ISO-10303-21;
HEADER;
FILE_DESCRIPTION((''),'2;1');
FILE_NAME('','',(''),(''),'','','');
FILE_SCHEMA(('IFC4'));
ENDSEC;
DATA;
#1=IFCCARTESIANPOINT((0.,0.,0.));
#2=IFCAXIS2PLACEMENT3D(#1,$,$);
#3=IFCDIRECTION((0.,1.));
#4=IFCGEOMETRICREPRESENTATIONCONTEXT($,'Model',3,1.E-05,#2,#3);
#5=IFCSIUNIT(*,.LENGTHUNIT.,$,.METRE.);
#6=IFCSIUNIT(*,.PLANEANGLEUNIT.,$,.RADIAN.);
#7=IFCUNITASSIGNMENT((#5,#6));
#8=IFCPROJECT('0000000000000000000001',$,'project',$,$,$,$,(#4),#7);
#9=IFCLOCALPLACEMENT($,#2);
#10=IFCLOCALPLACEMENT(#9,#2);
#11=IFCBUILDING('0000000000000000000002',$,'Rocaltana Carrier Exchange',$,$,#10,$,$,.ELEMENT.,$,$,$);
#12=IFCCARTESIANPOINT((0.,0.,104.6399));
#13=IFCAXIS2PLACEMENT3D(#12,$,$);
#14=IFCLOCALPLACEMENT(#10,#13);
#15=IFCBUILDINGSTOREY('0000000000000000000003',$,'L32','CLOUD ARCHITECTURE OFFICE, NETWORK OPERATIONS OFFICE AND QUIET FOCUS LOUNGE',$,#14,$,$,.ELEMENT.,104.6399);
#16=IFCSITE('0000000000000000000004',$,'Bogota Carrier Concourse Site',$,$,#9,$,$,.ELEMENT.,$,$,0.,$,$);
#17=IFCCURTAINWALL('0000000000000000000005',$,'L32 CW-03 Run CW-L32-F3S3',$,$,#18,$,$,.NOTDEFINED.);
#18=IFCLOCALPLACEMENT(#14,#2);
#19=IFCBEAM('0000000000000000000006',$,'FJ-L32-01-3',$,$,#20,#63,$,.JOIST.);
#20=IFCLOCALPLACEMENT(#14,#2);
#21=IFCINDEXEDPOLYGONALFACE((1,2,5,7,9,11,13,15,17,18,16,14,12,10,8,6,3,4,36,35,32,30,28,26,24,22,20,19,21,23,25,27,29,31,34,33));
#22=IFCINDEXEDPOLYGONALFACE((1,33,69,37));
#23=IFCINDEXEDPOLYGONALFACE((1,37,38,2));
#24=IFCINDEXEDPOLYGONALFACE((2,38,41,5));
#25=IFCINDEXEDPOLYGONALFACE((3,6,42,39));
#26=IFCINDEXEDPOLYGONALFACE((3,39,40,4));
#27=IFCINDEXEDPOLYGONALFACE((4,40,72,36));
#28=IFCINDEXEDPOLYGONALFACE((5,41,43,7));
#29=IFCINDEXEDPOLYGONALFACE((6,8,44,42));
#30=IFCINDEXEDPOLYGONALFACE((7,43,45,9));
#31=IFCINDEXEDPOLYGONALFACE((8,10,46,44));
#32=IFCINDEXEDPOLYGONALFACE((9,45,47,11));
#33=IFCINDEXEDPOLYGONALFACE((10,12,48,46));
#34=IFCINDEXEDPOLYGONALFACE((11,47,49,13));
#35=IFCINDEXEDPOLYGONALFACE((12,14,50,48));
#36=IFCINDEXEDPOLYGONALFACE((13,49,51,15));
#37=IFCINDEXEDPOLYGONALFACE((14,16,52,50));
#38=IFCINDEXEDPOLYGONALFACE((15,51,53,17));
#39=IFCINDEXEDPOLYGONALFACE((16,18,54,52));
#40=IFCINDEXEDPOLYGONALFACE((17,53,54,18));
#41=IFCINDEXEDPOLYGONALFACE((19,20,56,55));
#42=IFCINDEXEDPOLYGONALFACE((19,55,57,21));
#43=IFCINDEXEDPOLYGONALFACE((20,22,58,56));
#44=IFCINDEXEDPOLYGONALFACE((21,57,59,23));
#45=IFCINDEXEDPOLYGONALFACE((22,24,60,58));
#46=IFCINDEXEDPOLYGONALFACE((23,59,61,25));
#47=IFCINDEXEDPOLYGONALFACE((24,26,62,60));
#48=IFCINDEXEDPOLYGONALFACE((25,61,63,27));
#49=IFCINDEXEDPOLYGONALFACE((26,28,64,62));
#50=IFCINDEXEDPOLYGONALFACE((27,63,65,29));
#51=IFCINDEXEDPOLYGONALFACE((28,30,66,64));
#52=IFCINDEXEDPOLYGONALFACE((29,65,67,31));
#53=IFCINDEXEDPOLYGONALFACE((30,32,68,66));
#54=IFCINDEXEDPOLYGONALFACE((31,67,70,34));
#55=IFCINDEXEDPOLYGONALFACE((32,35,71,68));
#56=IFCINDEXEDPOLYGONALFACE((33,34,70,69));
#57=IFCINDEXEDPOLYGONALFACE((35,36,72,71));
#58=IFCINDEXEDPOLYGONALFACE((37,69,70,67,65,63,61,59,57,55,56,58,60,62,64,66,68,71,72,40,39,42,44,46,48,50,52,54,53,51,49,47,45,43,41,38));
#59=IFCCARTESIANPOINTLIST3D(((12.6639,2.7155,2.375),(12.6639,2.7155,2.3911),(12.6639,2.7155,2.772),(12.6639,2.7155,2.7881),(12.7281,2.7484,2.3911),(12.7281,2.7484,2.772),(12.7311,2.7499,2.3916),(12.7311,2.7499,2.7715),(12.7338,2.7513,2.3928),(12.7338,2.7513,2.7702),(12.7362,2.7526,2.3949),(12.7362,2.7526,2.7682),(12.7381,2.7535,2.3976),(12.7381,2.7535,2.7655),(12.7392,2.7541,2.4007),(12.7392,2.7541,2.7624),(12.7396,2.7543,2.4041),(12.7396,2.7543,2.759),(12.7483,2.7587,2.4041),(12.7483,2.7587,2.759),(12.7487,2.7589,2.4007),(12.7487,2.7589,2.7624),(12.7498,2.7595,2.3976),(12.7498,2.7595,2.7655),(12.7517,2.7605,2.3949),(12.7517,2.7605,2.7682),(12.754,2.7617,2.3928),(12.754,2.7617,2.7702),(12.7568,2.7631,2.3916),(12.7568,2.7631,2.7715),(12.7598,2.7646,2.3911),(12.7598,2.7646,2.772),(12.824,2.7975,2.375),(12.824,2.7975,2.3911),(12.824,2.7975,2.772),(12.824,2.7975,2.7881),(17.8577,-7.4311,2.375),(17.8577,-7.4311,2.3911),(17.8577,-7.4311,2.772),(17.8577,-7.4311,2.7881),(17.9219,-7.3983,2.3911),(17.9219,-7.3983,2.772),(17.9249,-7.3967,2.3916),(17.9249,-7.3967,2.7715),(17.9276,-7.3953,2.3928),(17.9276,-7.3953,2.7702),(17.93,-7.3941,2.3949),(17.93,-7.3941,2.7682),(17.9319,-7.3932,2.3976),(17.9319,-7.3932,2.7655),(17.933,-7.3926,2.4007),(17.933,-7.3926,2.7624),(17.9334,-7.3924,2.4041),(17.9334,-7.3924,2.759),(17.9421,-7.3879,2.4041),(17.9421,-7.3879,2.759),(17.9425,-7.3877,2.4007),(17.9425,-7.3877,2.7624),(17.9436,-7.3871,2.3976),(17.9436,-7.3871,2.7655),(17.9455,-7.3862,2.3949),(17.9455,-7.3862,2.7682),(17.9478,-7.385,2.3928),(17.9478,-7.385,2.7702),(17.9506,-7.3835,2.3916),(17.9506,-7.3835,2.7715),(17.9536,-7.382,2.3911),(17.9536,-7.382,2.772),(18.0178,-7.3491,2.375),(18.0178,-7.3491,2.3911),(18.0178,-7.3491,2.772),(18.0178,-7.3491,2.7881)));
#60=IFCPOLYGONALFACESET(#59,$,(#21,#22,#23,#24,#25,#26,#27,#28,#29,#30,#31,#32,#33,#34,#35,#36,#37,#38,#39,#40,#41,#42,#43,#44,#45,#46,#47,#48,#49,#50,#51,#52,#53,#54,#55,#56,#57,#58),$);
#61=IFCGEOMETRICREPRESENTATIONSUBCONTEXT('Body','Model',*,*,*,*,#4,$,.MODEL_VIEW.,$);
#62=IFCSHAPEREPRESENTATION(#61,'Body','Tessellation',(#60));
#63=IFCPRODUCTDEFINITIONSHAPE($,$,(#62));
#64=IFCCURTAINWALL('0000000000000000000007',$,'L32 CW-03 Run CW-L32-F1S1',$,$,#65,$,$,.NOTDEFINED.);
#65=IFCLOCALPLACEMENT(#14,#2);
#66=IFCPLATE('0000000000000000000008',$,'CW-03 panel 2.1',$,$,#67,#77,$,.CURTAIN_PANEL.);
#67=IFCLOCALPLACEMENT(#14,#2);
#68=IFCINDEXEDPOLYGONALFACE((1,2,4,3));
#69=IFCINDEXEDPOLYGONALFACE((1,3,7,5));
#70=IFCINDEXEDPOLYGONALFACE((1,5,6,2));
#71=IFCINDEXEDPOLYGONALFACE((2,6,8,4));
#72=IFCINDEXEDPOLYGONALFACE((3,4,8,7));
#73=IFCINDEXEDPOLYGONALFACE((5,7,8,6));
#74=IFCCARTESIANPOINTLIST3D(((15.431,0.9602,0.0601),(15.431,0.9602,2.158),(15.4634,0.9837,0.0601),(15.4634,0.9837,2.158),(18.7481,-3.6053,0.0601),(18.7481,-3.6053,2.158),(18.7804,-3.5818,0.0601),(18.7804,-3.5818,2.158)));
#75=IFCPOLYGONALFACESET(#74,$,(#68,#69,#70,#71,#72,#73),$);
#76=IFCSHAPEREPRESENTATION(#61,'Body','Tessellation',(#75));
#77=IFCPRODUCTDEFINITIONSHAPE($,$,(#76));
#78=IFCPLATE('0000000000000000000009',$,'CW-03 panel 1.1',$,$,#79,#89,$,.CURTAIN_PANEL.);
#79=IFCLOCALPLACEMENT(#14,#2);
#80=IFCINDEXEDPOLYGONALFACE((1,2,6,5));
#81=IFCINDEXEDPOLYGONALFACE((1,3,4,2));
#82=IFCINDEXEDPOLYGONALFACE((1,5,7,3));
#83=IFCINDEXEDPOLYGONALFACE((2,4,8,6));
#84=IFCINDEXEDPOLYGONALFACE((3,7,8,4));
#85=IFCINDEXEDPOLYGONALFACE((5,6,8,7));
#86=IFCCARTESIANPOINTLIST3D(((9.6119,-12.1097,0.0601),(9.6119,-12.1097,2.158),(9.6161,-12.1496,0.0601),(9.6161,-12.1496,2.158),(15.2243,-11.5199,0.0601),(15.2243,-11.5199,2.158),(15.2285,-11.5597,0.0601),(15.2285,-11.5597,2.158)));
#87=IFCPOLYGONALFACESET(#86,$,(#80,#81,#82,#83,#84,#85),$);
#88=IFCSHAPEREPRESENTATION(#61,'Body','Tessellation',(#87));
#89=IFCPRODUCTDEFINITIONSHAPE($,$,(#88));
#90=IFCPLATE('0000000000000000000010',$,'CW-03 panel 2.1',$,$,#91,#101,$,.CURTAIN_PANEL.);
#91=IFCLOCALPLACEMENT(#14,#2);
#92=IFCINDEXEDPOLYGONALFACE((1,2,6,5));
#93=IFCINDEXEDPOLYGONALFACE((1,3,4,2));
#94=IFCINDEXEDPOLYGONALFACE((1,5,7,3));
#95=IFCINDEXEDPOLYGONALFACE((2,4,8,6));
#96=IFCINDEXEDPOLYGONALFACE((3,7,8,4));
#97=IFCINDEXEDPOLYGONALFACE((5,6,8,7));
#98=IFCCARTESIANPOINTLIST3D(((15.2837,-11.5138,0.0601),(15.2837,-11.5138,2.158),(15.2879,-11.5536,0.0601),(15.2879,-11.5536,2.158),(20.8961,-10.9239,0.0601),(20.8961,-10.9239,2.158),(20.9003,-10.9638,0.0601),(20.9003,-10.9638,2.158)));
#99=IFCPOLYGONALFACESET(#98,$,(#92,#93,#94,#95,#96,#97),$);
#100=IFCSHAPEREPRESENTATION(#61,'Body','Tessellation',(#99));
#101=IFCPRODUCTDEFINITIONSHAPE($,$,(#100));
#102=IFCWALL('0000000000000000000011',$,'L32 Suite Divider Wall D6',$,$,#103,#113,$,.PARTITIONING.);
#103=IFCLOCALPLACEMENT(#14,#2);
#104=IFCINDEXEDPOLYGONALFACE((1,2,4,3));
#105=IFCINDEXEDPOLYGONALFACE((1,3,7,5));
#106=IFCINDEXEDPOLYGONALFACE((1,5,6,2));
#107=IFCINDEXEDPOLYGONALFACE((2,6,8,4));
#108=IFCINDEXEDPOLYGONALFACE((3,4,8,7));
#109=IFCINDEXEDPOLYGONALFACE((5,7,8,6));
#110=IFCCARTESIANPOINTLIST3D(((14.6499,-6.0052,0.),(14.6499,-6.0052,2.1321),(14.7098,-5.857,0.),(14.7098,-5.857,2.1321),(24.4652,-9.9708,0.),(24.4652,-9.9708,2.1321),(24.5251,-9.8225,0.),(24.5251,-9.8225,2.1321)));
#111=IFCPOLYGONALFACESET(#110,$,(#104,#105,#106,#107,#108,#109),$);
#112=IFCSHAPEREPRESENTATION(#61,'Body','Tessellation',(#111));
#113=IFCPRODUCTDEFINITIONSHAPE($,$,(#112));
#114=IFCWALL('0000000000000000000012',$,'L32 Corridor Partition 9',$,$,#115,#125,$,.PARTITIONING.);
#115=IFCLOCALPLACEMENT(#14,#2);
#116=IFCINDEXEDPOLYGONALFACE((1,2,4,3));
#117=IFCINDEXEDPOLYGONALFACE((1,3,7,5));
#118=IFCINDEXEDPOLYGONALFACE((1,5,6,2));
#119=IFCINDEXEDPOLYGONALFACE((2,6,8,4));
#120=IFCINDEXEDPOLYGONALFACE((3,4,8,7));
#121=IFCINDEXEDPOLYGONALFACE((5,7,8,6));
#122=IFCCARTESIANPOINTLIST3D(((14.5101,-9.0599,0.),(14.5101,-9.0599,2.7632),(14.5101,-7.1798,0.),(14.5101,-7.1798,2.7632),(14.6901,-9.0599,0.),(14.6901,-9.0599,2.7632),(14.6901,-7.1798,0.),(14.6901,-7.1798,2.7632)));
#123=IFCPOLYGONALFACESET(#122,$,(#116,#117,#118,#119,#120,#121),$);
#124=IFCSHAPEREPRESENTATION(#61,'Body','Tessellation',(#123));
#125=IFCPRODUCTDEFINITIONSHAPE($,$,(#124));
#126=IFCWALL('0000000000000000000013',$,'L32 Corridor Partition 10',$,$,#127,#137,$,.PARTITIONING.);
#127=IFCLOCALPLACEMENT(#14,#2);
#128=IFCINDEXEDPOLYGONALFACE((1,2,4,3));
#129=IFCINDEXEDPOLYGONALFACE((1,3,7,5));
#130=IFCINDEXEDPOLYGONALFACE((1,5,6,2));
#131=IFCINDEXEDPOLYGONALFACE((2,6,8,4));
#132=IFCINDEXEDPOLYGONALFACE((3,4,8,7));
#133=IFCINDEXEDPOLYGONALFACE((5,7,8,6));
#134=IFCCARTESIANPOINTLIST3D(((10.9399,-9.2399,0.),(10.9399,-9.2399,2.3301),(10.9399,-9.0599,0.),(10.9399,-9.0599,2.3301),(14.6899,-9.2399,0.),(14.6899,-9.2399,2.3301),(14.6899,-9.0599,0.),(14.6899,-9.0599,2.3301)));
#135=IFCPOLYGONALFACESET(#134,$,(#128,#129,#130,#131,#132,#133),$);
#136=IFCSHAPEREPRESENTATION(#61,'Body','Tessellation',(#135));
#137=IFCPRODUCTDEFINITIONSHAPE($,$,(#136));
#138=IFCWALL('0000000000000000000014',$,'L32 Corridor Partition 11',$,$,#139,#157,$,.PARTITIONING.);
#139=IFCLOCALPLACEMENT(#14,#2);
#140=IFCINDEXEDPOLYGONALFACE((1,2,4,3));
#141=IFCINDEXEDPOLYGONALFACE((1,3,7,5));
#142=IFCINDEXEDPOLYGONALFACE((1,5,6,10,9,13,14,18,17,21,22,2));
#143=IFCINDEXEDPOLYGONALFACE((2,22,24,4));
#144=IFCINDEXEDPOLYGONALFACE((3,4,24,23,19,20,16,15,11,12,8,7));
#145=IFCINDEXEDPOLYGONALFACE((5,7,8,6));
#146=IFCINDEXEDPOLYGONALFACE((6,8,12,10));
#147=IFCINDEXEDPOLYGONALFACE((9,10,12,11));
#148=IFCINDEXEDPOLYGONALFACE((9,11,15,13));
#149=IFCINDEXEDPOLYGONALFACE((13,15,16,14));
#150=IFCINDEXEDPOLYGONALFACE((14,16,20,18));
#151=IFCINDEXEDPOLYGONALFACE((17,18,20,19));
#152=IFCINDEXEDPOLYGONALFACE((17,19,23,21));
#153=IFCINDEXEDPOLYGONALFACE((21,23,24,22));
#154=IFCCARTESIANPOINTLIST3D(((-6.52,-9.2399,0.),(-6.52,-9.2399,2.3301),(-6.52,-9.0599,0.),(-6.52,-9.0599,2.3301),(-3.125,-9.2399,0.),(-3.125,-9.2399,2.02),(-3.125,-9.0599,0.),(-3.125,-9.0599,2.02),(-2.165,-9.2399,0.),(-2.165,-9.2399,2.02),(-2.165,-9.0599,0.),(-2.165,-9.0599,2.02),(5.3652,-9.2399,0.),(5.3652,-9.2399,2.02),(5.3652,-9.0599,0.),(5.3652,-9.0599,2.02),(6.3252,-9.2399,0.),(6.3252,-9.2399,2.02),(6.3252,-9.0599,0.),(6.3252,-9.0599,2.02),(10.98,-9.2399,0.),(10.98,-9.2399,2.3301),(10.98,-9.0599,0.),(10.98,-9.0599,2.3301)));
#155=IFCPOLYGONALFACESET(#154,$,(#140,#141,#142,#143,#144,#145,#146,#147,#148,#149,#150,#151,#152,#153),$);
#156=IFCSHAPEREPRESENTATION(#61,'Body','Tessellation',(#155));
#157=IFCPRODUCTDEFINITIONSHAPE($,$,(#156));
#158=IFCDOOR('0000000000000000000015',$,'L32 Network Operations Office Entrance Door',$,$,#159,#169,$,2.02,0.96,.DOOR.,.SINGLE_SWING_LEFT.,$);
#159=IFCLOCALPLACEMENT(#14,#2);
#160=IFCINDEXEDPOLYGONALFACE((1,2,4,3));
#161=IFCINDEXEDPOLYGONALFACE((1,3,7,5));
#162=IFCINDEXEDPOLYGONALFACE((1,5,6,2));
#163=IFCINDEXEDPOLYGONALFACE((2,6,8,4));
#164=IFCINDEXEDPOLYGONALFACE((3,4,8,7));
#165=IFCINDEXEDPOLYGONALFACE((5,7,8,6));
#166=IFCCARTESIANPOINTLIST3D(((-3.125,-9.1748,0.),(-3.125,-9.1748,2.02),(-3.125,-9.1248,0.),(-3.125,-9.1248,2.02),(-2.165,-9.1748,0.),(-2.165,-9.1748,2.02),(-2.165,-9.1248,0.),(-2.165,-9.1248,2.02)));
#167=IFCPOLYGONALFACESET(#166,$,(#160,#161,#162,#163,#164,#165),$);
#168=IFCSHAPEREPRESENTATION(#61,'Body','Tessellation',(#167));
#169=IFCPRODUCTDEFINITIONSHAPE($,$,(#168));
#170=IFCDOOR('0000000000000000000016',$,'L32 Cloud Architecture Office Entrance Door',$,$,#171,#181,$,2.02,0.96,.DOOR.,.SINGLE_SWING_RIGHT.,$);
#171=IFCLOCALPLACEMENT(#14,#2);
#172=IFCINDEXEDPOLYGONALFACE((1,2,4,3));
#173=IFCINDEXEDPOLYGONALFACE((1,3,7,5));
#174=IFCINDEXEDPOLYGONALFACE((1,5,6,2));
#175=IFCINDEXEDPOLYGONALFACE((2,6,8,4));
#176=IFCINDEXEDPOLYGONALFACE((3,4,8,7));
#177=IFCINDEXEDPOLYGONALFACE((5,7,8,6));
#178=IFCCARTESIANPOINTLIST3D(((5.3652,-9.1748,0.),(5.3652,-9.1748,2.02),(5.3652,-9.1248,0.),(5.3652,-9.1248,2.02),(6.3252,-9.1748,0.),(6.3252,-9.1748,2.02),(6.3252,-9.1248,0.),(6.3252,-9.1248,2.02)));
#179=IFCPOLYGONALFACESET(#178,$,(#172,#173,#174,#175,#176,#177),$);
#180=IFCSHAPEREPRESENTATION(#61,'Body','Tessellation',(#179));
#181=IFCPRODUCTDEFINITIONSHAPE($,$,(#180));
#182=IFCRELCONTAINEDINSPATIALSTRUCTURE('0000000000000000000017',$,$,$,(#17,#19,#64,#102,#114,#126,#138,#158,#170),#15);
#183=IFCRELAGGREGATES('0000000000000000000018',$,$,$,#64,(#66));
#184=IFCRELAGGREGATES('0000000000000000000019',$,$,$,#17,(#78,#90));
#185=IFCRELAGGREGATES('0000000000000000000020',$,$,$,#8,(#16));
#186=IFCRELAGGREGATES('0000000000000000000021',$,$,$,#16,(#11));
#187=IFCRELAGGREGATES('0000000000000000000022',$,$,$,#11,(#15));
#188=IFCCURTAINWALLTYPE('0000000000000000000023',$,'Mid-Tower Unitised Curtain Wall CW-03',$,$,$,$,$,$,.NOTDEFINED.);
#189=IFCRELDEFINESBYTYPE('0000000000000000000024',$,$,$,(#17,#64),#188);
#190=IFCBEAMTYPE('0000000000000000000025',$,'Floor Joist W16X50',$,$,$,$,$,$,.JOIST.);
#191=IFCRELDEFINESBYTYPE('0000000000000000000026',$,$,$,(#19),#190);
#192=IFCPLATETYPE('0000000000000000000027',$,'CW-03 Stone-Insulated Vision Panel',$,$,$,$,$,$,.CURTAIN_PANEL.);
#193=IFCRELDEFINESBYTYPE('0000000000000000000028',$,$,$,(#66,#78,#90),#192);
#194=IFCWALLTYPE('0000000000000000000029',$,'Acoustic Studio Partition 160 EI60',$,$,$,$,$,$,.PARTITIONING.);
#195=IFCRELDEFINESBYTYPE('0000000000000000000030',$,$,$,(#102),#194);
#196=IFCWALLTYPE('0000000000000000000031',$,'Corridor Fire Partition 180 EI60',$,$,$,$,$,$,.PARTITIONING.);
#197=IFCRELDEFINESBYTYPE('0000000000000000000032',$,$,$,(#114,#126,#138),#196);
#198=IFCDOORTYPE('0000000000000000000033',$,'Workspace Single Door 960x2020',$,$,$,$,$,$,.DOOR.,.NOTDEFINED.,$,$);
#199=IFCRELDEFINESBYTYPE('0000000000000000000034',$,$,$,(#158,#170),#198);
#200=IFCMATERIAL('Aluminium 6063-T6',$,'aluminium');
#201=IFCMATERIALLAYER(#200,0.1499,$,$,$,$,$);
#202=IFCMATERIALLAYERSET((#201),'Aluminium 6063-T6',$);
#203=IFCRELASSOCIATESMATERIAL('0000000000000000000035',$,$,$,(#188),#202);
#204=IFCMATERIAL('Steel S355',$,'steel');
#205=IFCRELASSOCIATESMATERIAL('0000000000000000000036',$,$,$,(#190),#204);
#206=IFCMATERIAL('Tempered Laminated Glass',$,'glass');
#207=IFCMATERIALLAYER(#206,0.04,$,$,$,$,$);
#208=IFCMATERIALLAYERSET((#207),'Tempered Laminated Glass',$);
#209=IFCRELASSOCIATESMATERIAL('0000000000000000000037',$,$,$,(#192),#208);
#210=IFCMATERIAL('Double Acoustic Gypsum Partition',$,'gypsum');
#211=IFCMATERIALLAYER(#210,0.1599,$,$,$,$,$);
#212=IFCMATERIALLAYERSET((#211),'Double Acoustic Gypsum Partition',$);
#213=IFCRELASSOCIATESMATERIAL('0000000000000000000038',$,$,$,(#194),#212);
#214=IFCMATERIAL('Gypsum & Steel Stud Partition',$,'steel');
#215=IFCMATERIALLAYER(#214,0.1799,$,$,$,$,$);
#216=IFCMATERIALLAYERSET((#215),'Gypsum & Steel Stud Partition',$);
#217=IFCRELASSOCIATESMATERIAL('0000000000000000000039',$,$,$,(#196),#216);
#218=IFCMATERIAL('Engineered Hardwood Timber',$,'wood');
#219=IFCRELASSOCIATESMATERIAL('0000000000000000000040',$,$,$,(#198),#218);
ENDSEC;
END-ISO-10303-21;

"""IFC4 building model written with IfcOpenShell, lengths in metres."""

from ifc_helpers import new_model, si_unit, direction, frame, frame_2d, origin, origin_2d, place, context, subcontext, project, spatial, rectangle, i_section, extrude, material, layer, layer_set, material_profile, profile_set, type_object, element, fill, aggregate, save


model = new_model("IFC4")

# Units and contexts
model_context = context("Model", 3, precision=1e-05, world=origin(), true_north=direction((0.0, 1.0)))
body_context = subcontext(model_context, "Body", "Model", "MODEL_VIEW")
ifc_project = project(units=[si_unit("LENGTHUNIT", "METRE"), si_unit("PLANEANGLEUNIT", "RADIAN")], contexts=[model_context])

# Site, building, storey
site_placement = place(None, origin())
site = spatial("IfcSite", under=ifc_project, at=site_placement, Name="Bogota Carrier Concourse Site", CompositionType="ELEMENT", RefElevation=0.0)
building_placement = place(site_placement, origin())
building = spatial("IfcBuilding", under=site, at=building_placement, Name="Rocaltana Carrier Exchange", CompositionType="ELEMENT")
storey_placement = place(building_placement, frame((0.0, 0.0, 104.6399)))
storey = spatial("IfcBuildingStorey", under=building, at=storey_placement, Name="L32", Description="CLOUD ARCHITECTURE OFFICE, NETWORK OPERATIONS OFFICE AND QUIET FOCUS LOUNGE", CompositionType="ELEMENT", Elevation=104.6399)

# Curtain wall
ifc_material_1 = material(Name="Aluminium 6063-T6", Category="aluminium")
ifc_layer_1 = layer(ifc_material_1, 0.1499)
ifc_layer_set_1 = layer_set([ifc_layer_1], Name="Aluminium 6063-T6")
curtain_wall_type = type_object("IfcCurtainWallType", Name="Mid-Tower Unitised Curtain Wall CW-03", PredefinedType="NOTDEFINED", material=ifc_layer_set_1)
curtain_wall_1_placement = place(storey_placement, origin())
curtain_wall_1 = element("IfcCurtainWall", 1, at=curtain_wall_1_placement, inside=storey, type_object=curtain_wall_type, Name="L32 CW-03 Run CW-L32-F3S3", PredefinedType="NOTDEFINED")

# Beam
ifc_material_2 = material(Name="Steel S355", Category="steel")
ifc_material_profile_1 = material_profile(ifc_material_2, i_section(OverallWidth=0.1799, OverallDepth=0.4131, WebThickness=0.0098, FlangeThickness=0.0161, FilletRadius=0.0129, at=origin_2d()), Name="W16X50")
ifc_profile_set_1 = profile_set([ifc_material_profile_1], Name="Steel S355")
beam_type = type_object("IfcBeamType", Name="Floor Joist W16X50", PredefinedType="JOIST", material=ifc_profile_set_1)
beam_1_placement = place(storey_placement, frame((17.9377, -7.3901, 2.5815), z_axis=(-0.455649, 0.890159, 0.0), x_axis=(-0.890159, -0.455649, 0.0)))
element("IfcBeam", 2, at=beam_1_placement, inside=storey, type_object=beam_type, Name="FJ-L32-01-3", PredefinedType="JOIST", context=body_context, shape_type="SweptSolid", body=[
    extrude(i_section(OverallWidth=0.1799, OverallDepth=0.4131, WebThickness=0.0098, FlangeThickness=0.0161, FilletRadius=0.0129, at=origin_2d()), origin(), (0.0, 0.0, 1.0), 11.3987),
])

# Curtain wall, plate
curtain_wall_2_placement = place(storey_placement, origin())
curtain_wall_2 = element("IfcCurtainWall", 3, at=curtain_wall_2_placement, inside=storey, type_object=curtain_wall_type, Name="L32 CW-03 Run CW-L32-F1S1", PredefinedType="NOTDEFINED")
ifc_material_3 = material(Name="Tempered Laminated Glass", Category="glass")
ifc_layer_2 = layer(ifc_material_3, 0.04)
ifc_layer_set_2 = layer_set([ifc_layer_2], Name="Tempered Laminated Glass")
plate_type = type_object("IfcPlateType", Name="CW-03 Stone-Insulated Vision Panel", PredefinedType="CURTAIN_PANEL", material=ifc_layer_set_2)
plate_1_placement = place(storey_placement, frame((17.1057, -1.3108, 0.0601), z_axis=(0.0, 0.0, 1.0), x_axis=(-0.58779, 0.809014, 0.0)))
plate_1 = element("IfcPlate", 4, at=plate_1_placement, type_object=plate_type, Name="CW-03 panel 2.1", PredefinedType="CURTAIN_PANEL", context=body_context, shape_type="SweptSolid", body=[
    extrude(rectangle(XDim=5.6433, YDim=0.04, at=origin_2d()), origin(), (0.0, 0.0, 1.0), 2.0979),
])
aggregate(curtain_wall_2, [plate_1])

# Plates
plate_2_placement = place(storey_placement, frame((12.4202, -11.8347, 0.0601), z_axis=(0.0, 0.0, 1.0), x_axis=(0.994523, 0.104522, 0.0)))
plate_2 = element("IfcPlate", 5, at=plate_2_placement, type_object=plate_type, Name="CW-03 panel 1.1", PredefinedType="CURTAIN_PANEL", context=body_context, shape_type="SweptSolid", body=[
    extrude(rectangle(XDim=5.6433, YDim=0.04, at=origin_2d()), origin(), (0.0, 0.0, 1.0), 2.0979),
])
plate_3_placement = place(storey_placement, frame((18.092, -11.2388, 0.0601), z_axis=(0.0, 0.0, 1.0), x_axis=(0.994523, 0.104522, 0.0)))
plate_3 = element("IfcPlate", 6, at=plate_3_placement, type_object=plate_type, Name="CW-03 panel 2.1", PredefinedType="CURTAIN_PANEL", context=body_context, shape_type="SweptSolid", body=[
    extrude(rectangle(XDim=5.6433, YDim=0.04, at=origin_2d()), origin(), (0.0, 0.0, 1.0), 2.0979),
])
aggregate(curtain_wall_1, [plate_2, plate_3])

# Walls
ifc_material_4 = material(Name="Double Acoustic Gypsum Partition", Category="gypsum")
ifc_layer_3 = layer(ifc_material_4, 0.1599)
ifc_layer_set_3 = layer_set([ifc_layer_3], Name="Double Acoustic Gypsum Partition")
wall_type_1 = type_object("IfcWallType", Name="Acoustic Studio Partition 160 EI60", PredefinedType="PARTITIONING", material=ifc_layer_set_3)
wall_1_placement = place(storey_placement, frame((14.6799, -5.9312, 0.0), z_axis=(0.0, 0.0, 1.0), x_axis=(0.927188, -0.374597, 0.0)))
element("IfcWall", 7, at=wall_1_placement, inside=storey, type_object=wall_type_1, Name="L32 Suite Divider Wall D6", PredefinedType="PARTITIONING", context=body_context, shape_type="SweptSolid", body=[
    extrude(rectangle(XDim=10.5862, YDim=0.1599, at=frame_2d((5.293, 0.0))), origin(), (0.0, 0.0, 1.0), 2.1321),
])
ifc_material_5 = material(Name="Gypsum & Steel Stud Partition", Category="steel")
ifc_layer_4 = layer(ifc_material_5, 0.1799)
ifc_layer_set_4 = layer_set([ifc_layer_4], Name="Gypsum & Steel Stud Partition")
wall_type_2 = type_object("IfcWallType", Name="Corridor Fire Partition 180 EI60", PredefinedType="PARTITIONING", material=ifc_layer_set_4)
wall_2_placement = place(storey_placement, frame((14.6001, -7.1799, 0.0), z_axis=(0.0, 0.0, 1.0), x_axis=(0.0, -1.0, 0.0)))
element("IfcWall", 8, at=wall_2_placement, inside=storey, type_object=wall_type_2, Name="L32 Corridor Partition 9", PredefinedType="PARTITIONING", context=body_context, shape_type="SweptSolid", body=[
    extrude(rectangle(XDim=1.8801, YDim=0.1799, at=frame_2d((0.9399, 0.0))), origin(), (0.0, 0.0, 1.0), 2.7632),
])
wall_3_placement = place(storey_placement, frame((14.6899, -9.1499, 0.0), z_axis=(0.0, 0.0, 1.0), x_axis=(-1.0, 0.0, 0.0)))
element("IfcWall", 9, at=wall_3_placement, inside=storey, type_object=wall_type_2, Name="L32 Corridor Partition 10", PredefinedType="PARTITIONING", context=body_context, shape_type="SweptSolid", body=[
    extrude(rectangle(XDim=3.75, YDim=0.1799, at=frame_2d((1.875, 0.0))), origin(), (0.0, 0.0, 1.0), 2.3301),
])

# Wall, openings, doors
wall_4_placement = place(storey_placement, frame((10.98, -9.1499, 0.0), z_axis=(0.0, 0.0, 1.0), x_axis=(-1.0, 0.0, 0.0)))
wall_4 = element("IfcWall", 10, at=wall_4_placement, inside=storey, type_object=wall_type_2, Name="L32 Corridor Partition 11", PredefinedType="PARTITIONING", context=body_context, shape_type="SweptSolid", body=[
    extrude(rectangle(XDim=17.5, YDim=0.1799, at=frame_2d((8.75, 0.0))), origin(), (0.0, 0.0, 1.0), 2.3301),
])
opening_1_placement = place(wall_4_placement, frame((13.145, 0.0, 0.0)))
opening_1 = element("IfcOpeningElement", 11, at=opening_1_placement, cuts=wall_4, PredefinedType="OPENING", context=body_context, shape_type="SweptSolid", body=[
    extrude(rectangle(XDim=0.96, YDim=2.02, at=frame_2d((0.48, 1.01))), frame((0.0, 0.0999, 0.0), z_axis=(0.0, -1.0, 0.0), x_axis=(1.0, 0.0, 0.0)), (0.0, 0.0, 1.0), 0.2),
])
opening_2_placement = place(wall_4_placement, frame((4.6548, 0.0, 0.0)))
opening_2 = element("IfcOpeningElement", 12, at=opening_2_placement, cuts=wall_4, PredefinedType="OPENING", context=body_context, shape_type="SweptSolid", body=[
    extrude(rectangle(XDim=0.96, YDim=2.02, at=frame_2d((0.48, 1.01))), frame((0.0, 0.0999, 0.0), z_axis=(0.0, -1.0, 0.0), x_axis=(1.0, 0.0, 0.0)), (0.0, 0.0, 1.0), 0.2),
])
ifc_material_6 = material(Name="Engineered Hardwood Timber", Category="wood")
door_type = type_object("IfcDoorType", Name="Workspace Single Door 960x2020", OperationType="NOTDEFINED", PredefinedType="DOOR", material=ifc_material_6)
door_1_placement = place(opening_1_placement, origin())
door_1 = element("IfcDoor", 13, at=door_1_placement, inside=storey, type_object=door_type, Name="L32 Network Operations Office Entrance Door", OperationType="SINGLE_SWING_LEFT", OverallHeight=2.02, OverallWidth=0.96, PredefinedType="DOOR", context=body_context, shape_type="SweptSolid", body=[
    extrude(rectangle(XDim=0.96, YDim=2.02, at=frame_2d((0.48, 1.01))), frame((0.0, 0.0249, 0.0), z_axis=(0.0, -1.0, 0.0), x_axis=(1.0, 0.0, 0.0)), (0.0, 0.0, 1.0), 0.05),
])
fill(opening_1, door_1)
door_2_placement = place(opening_2_placement, origin())
door_2 = element("IfcDoor", 14, at=door_2_placement, inside=storey, type_object=door_type, Name="L32 Cloud Architecture Office Entrance Door", OperationType="SINGLE_SWING_RIGHT", OverallHeight=2.02, OverallWidth=0.96, PredefinedType="DOOR", context=body_context, shape_type="SweptSolid", body=[
    extrude(rectangle(XDim=0.96, YDim=2.02, at=frame_2d((0.48, 1.01))), frame((0.0, 0.0249, 0.0), z_axis=(0.0, -1.0, 0.0), x_axis=(1.0, 0.0, 0.0)), (0.0, 0.0, 1.0), 0.05),
])
fill(opening_2, door_2)

save(model, "model.ifc")
